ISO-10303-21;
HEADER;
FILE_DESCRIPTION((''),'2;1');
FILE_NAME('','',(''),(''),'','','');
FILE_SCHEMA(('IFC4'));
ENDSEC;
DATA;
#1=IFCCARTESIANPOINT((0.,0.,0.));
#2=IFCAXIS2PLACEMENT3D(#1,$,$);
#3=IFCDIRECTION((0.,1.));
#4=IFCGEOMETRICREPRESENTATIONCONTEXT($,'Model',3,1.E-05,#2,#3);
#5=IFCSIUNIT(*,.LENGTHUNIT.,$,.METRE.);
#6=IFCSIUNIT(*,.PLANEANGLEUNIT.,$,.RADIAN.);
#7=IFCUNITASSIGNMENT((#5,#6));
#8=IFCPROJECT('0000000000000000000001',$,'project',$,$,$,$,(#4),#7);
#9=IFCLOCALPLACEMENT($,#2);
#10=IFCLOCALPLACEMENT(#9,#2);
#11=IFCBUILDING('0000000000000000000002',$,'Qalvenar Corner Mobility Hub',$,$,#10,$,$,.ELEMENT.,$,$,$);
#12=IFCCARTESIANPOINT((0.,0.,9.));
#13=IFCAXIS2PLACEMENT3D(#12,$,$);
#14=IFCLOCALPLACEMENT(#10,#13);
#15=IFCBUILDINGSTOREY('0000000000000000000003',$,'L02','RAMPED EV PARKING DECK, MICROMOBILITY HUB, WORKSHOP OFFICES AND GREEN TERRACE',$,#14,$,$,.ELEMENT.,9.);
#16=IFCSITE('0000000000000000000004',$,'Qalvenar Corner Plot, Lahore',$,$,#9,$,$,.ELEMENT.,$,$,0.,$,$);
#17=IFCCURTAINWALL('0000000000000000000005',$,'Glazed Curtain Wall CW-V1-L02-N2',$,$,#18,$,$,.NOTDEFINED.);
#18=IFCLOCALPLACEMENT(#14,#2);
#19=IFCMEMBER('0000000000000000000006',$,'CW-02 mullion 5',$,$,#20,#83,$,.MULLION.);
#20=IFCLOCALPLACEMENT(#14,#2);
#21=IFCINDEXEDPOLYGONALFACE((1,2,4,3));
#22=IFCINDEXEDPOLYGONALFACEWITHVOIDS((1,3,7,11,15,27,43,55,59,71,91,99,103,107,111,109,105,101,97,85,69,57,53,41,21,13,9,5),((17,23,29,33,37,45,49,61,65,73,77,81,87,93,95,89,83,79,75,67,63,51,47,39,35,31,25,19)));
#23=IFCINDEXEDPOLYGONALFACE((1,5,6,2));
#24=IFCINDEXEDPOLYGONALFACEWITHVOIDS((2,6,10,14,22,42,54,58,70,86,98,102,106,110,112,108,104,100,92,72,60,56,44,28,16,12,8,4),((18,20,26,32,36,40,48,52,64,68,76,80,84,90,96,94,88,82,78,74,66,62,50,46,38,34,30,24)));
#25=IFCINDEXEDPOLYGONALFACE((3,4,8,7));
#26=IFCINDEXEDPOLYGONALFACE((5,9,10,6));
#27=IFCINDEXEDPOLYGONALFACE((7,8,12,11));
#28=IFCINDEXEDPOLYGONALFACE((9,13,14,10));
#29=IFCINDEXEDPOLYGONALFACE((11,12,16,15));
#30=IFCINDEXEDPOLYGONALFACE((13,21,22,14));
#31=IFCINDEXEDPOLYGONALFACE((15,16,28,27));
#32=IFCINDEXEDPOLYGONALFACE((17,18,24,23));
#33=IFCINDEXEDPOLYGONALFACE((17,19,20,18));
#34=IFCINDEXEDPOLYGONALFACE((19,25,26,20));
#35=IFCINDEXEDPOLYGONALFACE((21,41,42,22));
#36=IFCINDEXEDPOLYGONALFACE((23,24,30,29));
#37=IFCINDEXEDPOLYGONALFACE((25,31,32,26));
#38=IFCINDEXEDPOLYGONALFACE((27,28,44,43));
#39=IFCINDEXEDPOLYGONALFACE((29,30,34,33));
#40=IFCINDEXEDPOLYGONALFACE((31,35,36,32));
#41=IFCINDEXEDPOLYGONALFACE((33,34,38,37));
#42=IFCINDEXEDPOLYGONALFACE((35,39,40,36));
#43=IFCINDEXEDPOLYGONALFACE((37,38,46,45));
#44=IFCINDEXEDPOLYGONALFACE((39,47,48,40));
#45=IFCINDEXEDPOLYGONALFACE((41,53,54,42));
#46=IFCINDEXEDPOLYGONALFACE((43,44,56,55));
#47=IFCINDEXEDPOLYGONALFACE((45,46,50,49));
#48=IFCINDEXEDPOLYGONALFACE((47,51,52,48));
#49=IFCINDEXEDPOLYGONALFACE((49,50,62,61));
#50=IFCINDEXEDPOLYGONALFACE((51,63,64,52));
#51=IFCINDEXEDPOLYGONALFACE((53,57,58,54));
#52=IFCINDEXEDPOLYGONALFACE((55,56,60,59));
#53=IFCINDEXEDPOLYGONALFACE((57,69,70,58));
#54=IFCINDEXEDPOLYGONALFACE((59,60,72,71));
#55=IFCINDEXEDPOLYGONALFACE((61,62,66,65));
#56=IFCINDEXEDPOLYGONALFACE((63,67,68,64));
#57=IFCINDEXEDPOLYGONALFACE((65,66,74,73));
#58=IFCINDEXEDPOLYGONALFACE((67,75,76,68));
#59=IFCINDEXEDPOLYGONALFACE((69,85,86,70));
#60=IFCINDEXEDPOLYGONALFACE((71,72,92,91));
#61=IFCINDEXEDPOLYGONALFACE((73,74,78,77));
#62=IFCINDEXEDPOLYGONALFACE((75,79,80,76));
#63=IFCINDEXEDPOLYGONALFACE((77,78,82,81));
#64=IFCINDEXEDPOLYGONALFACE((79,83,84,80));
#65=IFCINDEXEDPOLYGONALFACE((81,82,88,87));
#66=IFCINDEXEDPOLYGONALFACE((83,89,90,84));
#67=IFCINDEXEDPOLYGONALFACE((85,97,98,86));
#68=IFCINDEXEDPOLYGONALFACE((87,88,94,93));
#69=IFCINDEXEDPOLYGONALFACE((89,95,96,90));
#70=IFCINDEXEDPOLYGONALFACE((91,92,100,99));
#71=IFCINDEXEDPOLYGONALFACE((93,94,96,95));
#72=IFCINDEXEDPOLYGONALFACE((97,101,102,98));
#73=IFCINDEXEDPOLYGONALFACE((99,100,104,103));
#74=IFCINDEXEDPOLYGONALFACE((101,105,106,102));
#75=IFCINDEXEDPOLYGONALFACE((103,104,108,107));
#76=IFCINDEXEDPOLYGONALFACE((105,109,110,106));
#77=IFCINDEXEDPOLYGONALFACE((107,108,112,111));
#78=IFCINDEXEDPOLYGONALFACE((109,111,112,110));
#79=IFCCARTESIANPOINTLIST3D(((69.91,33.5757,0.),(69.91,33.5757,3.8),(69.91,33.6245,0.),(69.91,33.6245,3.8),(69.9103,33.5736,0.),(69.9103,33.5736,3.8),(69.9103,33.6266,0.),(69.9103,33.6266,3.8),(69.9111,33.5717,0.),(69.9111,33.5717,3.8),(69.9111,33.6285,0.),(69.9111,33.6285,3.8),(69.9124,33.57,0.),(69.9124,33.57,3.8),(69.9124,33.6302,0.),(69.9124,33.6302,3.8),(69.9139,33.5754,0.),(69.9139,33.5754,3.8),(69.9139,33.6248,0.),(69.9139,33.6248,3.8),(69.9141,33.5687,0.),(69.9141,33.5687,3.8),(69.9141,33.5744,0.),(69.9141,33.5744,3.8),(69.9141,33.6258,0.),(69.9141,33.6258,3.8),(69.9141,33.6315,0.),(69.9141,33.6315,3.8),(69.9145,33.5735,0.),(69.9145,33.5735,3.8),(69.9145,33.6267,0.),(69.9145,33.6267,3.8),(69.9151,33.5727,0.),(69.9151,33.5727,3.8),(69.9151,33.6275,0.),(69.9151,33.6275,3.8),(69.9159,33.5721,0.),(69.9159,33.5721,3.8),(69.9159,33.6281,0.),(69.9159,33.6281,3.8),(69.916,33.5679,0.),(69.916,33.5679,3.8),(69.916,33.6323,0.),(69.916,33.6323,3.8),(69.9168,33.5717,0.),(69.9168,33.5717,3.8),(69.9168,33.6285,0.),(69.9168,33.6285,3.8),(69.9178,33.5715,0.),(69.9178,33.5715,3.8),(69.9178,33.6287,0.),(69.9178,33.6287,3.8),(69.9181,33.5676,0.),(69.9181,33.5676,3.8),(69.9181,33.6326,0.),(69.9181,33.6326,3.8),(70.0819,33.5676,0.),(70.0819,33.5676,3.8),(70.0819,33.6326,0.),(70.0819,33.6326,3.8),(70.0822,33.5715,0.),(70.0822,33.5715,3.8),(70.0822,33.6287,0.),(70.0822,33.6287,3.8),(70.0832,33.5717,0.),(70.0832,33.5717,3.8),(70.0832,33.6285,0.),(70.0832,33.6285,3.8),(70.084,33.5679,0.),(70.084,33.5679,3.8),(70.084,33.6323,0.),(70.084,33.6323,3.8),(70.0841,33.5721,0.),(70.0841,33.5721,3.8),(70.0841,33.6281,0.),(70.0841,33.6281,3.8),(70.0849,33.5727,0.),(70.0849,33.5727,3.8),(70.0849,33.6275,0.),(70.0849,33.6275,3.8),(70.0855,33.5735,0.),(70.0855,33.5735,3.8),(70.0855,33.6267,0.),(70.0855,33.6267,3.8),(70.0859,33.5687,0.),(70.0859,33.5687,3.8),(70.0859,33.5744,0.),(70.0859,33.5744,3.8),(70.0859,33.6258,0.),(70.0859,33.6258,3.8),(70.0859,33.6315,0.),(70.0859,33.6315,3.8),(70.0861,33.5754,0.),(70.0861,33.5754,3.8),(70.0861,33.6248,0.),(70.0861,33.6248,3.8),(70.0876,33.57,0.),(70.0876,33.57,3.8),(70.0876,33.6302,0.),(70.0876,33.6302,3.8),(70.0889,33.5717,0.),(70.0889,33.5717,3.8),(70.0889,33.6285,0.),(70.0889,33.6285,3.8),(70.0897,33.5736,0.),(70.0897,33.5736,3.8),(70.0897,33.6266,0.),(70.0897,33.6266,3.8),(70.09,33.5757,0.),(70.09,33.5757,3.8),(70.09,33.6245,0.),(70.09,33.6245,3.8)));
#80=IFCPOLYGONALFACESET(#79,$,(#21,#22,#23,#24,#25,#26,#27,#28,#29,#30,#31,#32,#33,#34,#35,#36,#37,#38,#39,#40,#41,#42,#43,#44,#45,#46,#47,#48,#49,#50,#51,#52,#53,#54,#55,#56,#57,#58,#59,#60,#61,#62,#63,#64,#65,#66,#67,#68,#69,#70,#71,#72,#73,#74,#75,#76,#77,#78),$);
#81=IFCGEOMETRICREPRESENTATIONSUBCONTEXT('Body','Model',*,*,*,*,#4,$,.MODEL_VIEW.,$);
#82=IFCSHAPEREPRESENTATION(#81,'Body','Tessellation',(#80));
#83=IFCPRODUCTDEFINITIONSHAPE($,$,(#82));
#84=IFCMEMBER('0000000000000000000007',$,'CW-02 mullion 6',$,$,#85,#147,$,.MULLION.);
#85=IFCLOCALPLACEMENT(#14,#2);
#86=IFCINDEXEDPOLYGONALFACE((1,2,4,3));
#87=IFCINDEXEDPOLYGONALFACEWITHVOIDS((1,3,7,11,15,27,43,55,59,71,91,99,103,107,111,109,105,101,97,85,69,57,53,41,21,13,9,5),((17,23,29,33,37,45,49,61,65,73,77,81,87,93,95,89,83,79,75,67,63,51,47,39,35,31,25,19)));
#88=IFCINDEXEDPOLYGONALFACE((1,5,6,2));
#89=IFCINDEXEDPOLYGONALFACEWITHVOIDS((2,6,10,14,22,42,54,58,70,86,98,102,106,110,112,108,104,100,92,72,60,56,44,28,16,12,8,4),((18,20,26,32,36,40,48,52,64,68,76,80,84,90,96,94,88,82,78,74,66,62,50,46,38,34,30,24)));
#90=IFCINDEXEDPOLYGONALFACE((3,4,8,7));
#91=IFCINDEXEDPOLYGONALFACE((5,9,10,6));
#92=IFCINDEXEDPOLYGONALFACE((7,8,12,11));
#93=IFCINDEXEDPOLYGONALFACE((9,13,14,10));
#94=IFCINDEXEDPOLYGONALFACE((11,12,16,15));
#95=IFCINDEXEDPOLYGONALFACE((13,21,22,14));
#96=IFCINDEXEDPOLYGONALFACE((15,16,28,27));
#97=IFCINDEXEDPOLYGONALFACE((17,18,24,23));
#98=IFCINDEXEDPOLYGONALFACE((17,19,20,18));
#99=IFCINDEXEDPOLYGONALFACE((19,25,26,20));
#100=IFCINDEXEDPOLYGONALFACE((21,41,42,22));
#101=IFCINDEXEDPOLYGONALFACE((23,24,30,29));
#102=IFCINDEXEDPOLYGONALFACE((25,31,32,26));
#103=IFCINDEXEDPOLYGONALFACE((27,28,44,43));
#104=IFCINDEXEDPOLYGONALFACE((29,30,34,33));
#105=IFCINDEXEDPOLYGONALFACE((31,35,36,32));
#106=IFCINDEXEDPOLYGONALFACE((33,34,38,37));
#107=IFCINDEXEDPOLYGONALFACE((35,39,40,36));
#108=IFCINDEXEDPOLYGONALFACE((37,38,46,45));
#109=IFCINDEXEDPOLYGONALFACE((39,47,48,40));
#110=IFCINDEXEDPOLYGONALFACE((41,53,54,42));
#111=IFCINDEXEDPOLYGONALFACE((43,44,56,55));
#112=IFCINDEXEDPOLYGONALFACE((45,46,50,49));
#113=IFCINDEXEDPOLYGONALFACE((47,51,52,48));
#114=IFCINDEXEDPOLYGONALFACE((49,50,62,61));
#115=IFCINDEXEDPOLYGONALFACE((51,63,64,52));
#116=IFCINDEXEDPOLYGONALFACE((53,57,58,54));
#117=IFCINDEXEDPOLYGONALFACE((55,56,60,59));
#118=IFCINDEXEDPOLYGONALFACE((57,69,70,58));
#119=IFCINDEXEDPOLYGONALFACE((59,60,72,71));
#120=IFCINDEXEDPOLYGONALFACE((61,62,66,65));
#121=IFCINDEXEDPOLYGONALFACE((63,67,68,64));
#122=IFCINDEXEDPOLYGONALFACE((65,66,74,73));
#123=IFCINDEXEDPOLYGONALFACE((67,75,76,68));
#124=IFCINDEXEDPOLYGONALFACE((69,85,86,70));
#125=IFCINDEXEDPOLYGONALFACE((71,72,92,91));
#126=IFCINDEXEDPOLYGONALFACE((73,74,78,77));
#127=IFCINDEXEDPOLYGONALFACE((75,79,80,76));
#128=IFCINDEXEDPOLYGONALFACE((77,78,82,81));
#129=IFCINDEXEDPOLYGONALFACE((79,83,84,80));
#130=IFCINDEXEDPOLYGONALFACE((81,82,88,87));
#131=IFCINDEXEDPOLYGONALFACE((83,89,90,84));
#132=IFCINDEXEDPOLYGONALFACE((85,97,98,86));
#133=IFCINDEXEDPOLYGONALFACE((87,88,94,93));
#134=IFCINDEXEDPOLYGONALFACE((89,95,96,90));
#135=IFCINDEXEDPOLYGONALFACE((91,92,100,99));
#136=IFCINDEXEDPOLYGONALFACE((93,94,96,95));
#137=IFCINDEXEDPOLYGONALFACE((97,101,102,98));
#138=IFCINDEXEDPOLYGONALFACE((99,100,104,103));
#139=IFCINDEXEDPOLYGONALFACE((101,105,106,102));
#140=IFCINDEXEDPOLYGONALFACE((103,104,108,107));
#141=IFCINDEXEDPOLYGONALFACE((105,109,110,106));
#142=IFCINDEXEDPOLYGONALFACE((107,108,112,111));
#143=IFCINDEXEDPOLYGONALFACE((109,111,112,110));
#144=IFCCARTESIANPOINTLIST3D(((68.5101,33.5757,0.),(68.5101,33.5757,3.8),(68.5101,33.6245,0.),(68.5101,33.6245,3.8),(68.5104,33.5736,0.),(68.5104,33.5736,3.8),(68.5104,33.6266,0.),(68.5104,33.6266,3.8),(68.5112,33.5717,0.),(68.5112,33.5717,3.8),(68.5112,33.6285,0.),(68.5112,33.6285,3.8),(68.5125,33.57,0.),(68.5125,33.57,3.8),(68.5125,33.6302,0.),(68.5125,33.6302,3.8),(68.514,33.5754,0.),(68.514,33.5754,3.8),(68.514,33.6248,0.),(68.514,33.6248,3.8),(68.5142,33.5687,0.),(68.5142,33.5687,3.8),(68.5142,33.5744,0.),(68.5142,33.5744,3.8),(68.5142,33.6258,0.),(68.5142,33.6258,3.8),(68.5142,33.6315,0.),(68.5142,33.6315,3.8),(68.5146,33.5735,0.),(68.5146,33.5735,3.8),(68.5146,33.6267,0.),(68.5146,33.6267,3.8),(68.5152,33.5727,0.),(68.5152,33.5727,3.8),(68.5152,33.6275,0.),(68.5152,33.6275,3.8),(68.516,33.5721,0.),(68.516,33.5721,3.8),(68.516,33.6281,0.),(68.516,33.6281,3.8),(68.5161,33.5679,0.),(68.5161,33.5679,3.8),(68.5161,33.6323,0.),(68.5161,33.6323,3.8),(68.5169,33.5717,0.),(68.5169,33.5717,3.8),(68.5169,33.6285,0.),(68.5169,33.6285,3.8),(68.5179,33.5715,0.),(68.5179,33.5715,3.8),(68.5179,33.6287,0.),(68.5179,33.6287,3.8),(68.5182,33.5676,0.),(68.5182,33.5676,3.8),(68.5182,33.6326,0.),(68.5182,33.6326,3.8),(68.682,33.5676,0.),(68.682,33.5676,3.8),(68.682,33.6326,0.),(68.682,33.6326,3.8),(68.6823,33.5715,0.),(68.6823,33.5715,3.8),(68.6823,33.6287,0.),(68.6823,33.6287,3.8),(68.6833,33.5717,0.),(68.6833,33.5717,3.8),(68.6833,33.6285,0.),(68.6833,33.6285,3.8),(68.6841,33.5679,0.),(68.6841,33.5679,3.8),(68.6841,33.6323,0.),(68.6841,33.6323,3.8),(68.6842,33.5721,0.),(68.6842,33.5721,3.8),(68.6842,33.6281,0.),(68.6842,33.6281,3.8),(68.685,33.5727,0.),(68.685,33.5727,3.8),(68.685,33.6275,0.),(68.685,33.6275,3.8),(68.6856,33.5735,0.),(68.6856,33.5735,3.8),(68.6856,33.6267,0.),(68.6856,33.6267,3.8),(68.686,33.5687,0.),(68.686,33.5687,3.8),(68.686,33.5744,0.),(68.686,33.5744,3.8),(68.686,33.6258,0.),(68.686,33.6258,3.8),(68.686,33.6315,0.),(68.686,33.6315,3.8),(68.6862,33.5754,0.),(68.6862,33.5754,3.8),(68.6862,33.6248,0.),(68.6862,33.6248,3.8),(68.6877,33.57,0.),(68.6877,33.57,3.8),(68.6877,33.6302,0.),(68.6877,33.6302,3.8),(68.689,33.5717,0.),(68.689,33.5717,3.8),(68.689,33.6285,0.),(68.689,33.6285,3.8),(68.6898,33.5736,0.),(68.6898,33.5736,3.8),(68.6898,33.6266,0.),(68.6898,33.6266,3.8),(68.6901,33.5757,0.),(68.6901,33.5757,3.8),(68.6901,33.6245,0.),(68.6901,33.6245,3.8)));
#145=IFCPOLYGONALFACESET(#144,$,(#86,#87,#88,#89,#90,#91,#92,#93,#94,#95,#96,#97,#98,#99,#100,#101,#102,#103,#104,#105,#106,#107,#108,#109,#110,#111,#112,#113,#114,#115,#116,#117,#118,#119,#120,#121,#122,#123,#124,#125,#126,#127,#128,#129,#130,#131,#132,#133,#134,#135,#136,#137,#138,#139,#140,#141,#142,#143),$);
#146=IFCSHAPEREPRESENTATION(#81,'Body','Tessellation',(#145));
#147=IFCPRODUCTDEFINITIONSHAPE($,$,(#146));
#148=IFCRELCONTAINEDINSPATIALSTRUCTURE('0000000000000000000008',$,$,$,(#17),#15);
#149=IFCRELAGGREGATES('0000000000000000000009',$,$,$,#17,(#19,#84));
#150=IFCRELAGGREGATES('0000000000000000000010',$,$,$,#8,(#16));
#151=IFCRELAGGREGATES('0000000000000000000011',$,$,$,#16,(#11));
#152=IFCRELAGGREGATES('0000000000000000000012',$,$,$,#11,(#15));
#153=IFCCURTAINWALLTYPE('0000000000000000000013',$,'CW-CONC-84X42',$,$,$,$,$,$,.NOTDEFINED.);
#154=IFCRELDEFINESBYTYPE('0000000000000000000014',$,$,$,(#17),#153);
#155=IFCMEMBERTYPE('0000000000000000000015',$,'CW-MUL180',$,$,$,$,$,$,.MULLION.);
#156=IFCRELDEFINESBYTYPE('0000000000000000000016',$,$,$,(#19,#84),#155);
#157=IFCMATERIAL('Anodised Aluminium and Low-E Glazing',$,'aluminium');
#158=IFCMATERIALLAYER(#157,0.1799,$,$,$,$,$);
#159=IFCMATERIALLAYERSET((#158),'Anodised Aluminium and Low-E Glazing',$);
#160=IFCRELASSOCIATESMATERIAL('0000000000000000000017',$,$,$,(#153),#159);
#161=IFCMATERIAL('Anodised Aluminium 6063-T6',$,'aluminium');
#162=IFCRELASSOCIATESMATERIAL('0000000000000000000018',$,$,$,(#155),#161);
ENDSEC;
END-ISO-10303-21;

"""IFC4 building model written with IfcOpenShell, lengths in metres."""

from ifc_helpers import new_model, si_unit, direction, frame, origin, origin_2d, place, context, subcontext, project, spatial, hollow_rectangle, extrude, material, layer, layer_set, material_profile, profile_set, type_object, element, aggregate, save


model = new_model("IFC4")

# Units and contexts
model_context = context("Model", 3, precision=1e-05, world=origin(), true_north=direction((0.0, 1.0)))
body_context = subcontext(model_context, "Body", "Model", "MODEL_VIEW")
ifc_project = project(units=[si_unit("LENGTHUNIT", "METRE"), si_unit("PLANEANGLEUNIT", "RADIAN")], contexts=[model_context])

# Site, building, storey
site_placement = place(None, origin())
site = spatial("IfcSite", under=ifc_project, at=site_placement, Name="Qalvenar Corner Plot, Lahore", CompositionType="ELEMENT", RefElevation=0.0)
building_placement = place(site_placement, origin())
building = spatial("IfcBuilding", under=site, at=building_placement, Name="Qalvenar Corner Mobility Hub", CompositionType="ELEMENT")
storey_placement = place(building_placement, frame((0.0, 0.0, 9.0)))
storey = spatial("IfcBuildingStorey", under=building, at=storey_placement, Name="L02", Description="RAMPED EV PARKING DECK, MICROMOBILITY HUB, WORKSHOP OFFICES AND GREEN TERRACE", CompositionType="ELEMENT", Elevation=9.0)

# Shared definitions
ifc_material_1 = material(Name="Anodised Aluminium and Low-E Glazing", Category="aluminium")
ifc_layer_1 = layer(ifc_material_1, 0.1799)
ifc_layer_set_1 = layer_set([ifc_layer_1], Name="Anodised Aluminium and Low-E Glazing")
curtain_wall_type = type_object("IfcCurtainWallType", Name="CW-CONC-84X42", PredefinedType="NOTDEFINED", material=ifc_layer_set_1)
ifc_material_2 = material(Name="Anodised Aluminium 6063-T6", Category="aluminium")
ifc_material_profile_1 = material_profile(ifc_material_2, hollow_rectangle(XDim=0.0649, YDim=0.1799, WallThickness=0.0039, InnerFilletRadius=0.0039, OuterFilletRadius=0.0081, at=origin_2d()), Name="RHS180x65x4")
ifc_profile_set_1 = profile_set([ifc_material_profile_1], Name="Anodised Aluminium 6063-T6")
member_type_1 = type_object("IfcMemberType", Name="CW-MUL180", PredefinedType="MULLION", material=ifc_profile_set_1)

# Curtain wall, members
curtain_wall_1_placement = place(storey_placement, origin())
curtain_wall_1 = element("IfcCurtainWall", 1, at=curtain_wall_1_placement, inside=storey, type_object=curtain_wall_type, Name="Glazed Curtain Wall CW-V1-L02-N2", PredefinedType="NOTDEFINED")
member_1_placement = place(storey_placement, frame((70.0, 33.6001, 0.0), z_axis=(0.0, 0.0, 1.0), x_axis=(0.0, -1.0, 0.0)))
member_1 = element("IfcMember", 2, at=member_1_placement, type_object=member_type_1, Name="CW-02 mullion 5", PredefinedType="MULLION", context=body_context, shape_type="SweptSolid", body=[
    extrude(hollow_rectangle(XDim=0.0649, YDim=0.1799, WallThickness=0.0039, InnerFilletRadius=0.0039, OuterFilletRadius=0.0081, at=origin_2d()), origin(), (0.0, 0.0, 1.0), 3.8),
])
member_2_placement = place(storey_placement, frame((68.6001, 33.6001, 0.0), z_axis=(0.0, 0.0, 1.0), x_axis=(0.0, -1.0, 0.0)))
member_2 = element("IfcMember", 3, at=member_2_placement, type_object=member_type_1, Name="CW-02 mullion 6", PredefinedType="MULLION", context=body_context, shape_type="SweptSolid", body=[
    extrude(hollow_rectangle(XDim=0.0649, YDim=0.1799, WallThickness=0.0039, InnerFilletRadius=0.0039, OuterFilletRadius=0.0081, at=origin_2d()), origin(), (0.0, 0.0, 1.0), 3.8),
])

aggregate(curtain_wall_1, [member_1, member_2])

save(model, "model.ifc")
